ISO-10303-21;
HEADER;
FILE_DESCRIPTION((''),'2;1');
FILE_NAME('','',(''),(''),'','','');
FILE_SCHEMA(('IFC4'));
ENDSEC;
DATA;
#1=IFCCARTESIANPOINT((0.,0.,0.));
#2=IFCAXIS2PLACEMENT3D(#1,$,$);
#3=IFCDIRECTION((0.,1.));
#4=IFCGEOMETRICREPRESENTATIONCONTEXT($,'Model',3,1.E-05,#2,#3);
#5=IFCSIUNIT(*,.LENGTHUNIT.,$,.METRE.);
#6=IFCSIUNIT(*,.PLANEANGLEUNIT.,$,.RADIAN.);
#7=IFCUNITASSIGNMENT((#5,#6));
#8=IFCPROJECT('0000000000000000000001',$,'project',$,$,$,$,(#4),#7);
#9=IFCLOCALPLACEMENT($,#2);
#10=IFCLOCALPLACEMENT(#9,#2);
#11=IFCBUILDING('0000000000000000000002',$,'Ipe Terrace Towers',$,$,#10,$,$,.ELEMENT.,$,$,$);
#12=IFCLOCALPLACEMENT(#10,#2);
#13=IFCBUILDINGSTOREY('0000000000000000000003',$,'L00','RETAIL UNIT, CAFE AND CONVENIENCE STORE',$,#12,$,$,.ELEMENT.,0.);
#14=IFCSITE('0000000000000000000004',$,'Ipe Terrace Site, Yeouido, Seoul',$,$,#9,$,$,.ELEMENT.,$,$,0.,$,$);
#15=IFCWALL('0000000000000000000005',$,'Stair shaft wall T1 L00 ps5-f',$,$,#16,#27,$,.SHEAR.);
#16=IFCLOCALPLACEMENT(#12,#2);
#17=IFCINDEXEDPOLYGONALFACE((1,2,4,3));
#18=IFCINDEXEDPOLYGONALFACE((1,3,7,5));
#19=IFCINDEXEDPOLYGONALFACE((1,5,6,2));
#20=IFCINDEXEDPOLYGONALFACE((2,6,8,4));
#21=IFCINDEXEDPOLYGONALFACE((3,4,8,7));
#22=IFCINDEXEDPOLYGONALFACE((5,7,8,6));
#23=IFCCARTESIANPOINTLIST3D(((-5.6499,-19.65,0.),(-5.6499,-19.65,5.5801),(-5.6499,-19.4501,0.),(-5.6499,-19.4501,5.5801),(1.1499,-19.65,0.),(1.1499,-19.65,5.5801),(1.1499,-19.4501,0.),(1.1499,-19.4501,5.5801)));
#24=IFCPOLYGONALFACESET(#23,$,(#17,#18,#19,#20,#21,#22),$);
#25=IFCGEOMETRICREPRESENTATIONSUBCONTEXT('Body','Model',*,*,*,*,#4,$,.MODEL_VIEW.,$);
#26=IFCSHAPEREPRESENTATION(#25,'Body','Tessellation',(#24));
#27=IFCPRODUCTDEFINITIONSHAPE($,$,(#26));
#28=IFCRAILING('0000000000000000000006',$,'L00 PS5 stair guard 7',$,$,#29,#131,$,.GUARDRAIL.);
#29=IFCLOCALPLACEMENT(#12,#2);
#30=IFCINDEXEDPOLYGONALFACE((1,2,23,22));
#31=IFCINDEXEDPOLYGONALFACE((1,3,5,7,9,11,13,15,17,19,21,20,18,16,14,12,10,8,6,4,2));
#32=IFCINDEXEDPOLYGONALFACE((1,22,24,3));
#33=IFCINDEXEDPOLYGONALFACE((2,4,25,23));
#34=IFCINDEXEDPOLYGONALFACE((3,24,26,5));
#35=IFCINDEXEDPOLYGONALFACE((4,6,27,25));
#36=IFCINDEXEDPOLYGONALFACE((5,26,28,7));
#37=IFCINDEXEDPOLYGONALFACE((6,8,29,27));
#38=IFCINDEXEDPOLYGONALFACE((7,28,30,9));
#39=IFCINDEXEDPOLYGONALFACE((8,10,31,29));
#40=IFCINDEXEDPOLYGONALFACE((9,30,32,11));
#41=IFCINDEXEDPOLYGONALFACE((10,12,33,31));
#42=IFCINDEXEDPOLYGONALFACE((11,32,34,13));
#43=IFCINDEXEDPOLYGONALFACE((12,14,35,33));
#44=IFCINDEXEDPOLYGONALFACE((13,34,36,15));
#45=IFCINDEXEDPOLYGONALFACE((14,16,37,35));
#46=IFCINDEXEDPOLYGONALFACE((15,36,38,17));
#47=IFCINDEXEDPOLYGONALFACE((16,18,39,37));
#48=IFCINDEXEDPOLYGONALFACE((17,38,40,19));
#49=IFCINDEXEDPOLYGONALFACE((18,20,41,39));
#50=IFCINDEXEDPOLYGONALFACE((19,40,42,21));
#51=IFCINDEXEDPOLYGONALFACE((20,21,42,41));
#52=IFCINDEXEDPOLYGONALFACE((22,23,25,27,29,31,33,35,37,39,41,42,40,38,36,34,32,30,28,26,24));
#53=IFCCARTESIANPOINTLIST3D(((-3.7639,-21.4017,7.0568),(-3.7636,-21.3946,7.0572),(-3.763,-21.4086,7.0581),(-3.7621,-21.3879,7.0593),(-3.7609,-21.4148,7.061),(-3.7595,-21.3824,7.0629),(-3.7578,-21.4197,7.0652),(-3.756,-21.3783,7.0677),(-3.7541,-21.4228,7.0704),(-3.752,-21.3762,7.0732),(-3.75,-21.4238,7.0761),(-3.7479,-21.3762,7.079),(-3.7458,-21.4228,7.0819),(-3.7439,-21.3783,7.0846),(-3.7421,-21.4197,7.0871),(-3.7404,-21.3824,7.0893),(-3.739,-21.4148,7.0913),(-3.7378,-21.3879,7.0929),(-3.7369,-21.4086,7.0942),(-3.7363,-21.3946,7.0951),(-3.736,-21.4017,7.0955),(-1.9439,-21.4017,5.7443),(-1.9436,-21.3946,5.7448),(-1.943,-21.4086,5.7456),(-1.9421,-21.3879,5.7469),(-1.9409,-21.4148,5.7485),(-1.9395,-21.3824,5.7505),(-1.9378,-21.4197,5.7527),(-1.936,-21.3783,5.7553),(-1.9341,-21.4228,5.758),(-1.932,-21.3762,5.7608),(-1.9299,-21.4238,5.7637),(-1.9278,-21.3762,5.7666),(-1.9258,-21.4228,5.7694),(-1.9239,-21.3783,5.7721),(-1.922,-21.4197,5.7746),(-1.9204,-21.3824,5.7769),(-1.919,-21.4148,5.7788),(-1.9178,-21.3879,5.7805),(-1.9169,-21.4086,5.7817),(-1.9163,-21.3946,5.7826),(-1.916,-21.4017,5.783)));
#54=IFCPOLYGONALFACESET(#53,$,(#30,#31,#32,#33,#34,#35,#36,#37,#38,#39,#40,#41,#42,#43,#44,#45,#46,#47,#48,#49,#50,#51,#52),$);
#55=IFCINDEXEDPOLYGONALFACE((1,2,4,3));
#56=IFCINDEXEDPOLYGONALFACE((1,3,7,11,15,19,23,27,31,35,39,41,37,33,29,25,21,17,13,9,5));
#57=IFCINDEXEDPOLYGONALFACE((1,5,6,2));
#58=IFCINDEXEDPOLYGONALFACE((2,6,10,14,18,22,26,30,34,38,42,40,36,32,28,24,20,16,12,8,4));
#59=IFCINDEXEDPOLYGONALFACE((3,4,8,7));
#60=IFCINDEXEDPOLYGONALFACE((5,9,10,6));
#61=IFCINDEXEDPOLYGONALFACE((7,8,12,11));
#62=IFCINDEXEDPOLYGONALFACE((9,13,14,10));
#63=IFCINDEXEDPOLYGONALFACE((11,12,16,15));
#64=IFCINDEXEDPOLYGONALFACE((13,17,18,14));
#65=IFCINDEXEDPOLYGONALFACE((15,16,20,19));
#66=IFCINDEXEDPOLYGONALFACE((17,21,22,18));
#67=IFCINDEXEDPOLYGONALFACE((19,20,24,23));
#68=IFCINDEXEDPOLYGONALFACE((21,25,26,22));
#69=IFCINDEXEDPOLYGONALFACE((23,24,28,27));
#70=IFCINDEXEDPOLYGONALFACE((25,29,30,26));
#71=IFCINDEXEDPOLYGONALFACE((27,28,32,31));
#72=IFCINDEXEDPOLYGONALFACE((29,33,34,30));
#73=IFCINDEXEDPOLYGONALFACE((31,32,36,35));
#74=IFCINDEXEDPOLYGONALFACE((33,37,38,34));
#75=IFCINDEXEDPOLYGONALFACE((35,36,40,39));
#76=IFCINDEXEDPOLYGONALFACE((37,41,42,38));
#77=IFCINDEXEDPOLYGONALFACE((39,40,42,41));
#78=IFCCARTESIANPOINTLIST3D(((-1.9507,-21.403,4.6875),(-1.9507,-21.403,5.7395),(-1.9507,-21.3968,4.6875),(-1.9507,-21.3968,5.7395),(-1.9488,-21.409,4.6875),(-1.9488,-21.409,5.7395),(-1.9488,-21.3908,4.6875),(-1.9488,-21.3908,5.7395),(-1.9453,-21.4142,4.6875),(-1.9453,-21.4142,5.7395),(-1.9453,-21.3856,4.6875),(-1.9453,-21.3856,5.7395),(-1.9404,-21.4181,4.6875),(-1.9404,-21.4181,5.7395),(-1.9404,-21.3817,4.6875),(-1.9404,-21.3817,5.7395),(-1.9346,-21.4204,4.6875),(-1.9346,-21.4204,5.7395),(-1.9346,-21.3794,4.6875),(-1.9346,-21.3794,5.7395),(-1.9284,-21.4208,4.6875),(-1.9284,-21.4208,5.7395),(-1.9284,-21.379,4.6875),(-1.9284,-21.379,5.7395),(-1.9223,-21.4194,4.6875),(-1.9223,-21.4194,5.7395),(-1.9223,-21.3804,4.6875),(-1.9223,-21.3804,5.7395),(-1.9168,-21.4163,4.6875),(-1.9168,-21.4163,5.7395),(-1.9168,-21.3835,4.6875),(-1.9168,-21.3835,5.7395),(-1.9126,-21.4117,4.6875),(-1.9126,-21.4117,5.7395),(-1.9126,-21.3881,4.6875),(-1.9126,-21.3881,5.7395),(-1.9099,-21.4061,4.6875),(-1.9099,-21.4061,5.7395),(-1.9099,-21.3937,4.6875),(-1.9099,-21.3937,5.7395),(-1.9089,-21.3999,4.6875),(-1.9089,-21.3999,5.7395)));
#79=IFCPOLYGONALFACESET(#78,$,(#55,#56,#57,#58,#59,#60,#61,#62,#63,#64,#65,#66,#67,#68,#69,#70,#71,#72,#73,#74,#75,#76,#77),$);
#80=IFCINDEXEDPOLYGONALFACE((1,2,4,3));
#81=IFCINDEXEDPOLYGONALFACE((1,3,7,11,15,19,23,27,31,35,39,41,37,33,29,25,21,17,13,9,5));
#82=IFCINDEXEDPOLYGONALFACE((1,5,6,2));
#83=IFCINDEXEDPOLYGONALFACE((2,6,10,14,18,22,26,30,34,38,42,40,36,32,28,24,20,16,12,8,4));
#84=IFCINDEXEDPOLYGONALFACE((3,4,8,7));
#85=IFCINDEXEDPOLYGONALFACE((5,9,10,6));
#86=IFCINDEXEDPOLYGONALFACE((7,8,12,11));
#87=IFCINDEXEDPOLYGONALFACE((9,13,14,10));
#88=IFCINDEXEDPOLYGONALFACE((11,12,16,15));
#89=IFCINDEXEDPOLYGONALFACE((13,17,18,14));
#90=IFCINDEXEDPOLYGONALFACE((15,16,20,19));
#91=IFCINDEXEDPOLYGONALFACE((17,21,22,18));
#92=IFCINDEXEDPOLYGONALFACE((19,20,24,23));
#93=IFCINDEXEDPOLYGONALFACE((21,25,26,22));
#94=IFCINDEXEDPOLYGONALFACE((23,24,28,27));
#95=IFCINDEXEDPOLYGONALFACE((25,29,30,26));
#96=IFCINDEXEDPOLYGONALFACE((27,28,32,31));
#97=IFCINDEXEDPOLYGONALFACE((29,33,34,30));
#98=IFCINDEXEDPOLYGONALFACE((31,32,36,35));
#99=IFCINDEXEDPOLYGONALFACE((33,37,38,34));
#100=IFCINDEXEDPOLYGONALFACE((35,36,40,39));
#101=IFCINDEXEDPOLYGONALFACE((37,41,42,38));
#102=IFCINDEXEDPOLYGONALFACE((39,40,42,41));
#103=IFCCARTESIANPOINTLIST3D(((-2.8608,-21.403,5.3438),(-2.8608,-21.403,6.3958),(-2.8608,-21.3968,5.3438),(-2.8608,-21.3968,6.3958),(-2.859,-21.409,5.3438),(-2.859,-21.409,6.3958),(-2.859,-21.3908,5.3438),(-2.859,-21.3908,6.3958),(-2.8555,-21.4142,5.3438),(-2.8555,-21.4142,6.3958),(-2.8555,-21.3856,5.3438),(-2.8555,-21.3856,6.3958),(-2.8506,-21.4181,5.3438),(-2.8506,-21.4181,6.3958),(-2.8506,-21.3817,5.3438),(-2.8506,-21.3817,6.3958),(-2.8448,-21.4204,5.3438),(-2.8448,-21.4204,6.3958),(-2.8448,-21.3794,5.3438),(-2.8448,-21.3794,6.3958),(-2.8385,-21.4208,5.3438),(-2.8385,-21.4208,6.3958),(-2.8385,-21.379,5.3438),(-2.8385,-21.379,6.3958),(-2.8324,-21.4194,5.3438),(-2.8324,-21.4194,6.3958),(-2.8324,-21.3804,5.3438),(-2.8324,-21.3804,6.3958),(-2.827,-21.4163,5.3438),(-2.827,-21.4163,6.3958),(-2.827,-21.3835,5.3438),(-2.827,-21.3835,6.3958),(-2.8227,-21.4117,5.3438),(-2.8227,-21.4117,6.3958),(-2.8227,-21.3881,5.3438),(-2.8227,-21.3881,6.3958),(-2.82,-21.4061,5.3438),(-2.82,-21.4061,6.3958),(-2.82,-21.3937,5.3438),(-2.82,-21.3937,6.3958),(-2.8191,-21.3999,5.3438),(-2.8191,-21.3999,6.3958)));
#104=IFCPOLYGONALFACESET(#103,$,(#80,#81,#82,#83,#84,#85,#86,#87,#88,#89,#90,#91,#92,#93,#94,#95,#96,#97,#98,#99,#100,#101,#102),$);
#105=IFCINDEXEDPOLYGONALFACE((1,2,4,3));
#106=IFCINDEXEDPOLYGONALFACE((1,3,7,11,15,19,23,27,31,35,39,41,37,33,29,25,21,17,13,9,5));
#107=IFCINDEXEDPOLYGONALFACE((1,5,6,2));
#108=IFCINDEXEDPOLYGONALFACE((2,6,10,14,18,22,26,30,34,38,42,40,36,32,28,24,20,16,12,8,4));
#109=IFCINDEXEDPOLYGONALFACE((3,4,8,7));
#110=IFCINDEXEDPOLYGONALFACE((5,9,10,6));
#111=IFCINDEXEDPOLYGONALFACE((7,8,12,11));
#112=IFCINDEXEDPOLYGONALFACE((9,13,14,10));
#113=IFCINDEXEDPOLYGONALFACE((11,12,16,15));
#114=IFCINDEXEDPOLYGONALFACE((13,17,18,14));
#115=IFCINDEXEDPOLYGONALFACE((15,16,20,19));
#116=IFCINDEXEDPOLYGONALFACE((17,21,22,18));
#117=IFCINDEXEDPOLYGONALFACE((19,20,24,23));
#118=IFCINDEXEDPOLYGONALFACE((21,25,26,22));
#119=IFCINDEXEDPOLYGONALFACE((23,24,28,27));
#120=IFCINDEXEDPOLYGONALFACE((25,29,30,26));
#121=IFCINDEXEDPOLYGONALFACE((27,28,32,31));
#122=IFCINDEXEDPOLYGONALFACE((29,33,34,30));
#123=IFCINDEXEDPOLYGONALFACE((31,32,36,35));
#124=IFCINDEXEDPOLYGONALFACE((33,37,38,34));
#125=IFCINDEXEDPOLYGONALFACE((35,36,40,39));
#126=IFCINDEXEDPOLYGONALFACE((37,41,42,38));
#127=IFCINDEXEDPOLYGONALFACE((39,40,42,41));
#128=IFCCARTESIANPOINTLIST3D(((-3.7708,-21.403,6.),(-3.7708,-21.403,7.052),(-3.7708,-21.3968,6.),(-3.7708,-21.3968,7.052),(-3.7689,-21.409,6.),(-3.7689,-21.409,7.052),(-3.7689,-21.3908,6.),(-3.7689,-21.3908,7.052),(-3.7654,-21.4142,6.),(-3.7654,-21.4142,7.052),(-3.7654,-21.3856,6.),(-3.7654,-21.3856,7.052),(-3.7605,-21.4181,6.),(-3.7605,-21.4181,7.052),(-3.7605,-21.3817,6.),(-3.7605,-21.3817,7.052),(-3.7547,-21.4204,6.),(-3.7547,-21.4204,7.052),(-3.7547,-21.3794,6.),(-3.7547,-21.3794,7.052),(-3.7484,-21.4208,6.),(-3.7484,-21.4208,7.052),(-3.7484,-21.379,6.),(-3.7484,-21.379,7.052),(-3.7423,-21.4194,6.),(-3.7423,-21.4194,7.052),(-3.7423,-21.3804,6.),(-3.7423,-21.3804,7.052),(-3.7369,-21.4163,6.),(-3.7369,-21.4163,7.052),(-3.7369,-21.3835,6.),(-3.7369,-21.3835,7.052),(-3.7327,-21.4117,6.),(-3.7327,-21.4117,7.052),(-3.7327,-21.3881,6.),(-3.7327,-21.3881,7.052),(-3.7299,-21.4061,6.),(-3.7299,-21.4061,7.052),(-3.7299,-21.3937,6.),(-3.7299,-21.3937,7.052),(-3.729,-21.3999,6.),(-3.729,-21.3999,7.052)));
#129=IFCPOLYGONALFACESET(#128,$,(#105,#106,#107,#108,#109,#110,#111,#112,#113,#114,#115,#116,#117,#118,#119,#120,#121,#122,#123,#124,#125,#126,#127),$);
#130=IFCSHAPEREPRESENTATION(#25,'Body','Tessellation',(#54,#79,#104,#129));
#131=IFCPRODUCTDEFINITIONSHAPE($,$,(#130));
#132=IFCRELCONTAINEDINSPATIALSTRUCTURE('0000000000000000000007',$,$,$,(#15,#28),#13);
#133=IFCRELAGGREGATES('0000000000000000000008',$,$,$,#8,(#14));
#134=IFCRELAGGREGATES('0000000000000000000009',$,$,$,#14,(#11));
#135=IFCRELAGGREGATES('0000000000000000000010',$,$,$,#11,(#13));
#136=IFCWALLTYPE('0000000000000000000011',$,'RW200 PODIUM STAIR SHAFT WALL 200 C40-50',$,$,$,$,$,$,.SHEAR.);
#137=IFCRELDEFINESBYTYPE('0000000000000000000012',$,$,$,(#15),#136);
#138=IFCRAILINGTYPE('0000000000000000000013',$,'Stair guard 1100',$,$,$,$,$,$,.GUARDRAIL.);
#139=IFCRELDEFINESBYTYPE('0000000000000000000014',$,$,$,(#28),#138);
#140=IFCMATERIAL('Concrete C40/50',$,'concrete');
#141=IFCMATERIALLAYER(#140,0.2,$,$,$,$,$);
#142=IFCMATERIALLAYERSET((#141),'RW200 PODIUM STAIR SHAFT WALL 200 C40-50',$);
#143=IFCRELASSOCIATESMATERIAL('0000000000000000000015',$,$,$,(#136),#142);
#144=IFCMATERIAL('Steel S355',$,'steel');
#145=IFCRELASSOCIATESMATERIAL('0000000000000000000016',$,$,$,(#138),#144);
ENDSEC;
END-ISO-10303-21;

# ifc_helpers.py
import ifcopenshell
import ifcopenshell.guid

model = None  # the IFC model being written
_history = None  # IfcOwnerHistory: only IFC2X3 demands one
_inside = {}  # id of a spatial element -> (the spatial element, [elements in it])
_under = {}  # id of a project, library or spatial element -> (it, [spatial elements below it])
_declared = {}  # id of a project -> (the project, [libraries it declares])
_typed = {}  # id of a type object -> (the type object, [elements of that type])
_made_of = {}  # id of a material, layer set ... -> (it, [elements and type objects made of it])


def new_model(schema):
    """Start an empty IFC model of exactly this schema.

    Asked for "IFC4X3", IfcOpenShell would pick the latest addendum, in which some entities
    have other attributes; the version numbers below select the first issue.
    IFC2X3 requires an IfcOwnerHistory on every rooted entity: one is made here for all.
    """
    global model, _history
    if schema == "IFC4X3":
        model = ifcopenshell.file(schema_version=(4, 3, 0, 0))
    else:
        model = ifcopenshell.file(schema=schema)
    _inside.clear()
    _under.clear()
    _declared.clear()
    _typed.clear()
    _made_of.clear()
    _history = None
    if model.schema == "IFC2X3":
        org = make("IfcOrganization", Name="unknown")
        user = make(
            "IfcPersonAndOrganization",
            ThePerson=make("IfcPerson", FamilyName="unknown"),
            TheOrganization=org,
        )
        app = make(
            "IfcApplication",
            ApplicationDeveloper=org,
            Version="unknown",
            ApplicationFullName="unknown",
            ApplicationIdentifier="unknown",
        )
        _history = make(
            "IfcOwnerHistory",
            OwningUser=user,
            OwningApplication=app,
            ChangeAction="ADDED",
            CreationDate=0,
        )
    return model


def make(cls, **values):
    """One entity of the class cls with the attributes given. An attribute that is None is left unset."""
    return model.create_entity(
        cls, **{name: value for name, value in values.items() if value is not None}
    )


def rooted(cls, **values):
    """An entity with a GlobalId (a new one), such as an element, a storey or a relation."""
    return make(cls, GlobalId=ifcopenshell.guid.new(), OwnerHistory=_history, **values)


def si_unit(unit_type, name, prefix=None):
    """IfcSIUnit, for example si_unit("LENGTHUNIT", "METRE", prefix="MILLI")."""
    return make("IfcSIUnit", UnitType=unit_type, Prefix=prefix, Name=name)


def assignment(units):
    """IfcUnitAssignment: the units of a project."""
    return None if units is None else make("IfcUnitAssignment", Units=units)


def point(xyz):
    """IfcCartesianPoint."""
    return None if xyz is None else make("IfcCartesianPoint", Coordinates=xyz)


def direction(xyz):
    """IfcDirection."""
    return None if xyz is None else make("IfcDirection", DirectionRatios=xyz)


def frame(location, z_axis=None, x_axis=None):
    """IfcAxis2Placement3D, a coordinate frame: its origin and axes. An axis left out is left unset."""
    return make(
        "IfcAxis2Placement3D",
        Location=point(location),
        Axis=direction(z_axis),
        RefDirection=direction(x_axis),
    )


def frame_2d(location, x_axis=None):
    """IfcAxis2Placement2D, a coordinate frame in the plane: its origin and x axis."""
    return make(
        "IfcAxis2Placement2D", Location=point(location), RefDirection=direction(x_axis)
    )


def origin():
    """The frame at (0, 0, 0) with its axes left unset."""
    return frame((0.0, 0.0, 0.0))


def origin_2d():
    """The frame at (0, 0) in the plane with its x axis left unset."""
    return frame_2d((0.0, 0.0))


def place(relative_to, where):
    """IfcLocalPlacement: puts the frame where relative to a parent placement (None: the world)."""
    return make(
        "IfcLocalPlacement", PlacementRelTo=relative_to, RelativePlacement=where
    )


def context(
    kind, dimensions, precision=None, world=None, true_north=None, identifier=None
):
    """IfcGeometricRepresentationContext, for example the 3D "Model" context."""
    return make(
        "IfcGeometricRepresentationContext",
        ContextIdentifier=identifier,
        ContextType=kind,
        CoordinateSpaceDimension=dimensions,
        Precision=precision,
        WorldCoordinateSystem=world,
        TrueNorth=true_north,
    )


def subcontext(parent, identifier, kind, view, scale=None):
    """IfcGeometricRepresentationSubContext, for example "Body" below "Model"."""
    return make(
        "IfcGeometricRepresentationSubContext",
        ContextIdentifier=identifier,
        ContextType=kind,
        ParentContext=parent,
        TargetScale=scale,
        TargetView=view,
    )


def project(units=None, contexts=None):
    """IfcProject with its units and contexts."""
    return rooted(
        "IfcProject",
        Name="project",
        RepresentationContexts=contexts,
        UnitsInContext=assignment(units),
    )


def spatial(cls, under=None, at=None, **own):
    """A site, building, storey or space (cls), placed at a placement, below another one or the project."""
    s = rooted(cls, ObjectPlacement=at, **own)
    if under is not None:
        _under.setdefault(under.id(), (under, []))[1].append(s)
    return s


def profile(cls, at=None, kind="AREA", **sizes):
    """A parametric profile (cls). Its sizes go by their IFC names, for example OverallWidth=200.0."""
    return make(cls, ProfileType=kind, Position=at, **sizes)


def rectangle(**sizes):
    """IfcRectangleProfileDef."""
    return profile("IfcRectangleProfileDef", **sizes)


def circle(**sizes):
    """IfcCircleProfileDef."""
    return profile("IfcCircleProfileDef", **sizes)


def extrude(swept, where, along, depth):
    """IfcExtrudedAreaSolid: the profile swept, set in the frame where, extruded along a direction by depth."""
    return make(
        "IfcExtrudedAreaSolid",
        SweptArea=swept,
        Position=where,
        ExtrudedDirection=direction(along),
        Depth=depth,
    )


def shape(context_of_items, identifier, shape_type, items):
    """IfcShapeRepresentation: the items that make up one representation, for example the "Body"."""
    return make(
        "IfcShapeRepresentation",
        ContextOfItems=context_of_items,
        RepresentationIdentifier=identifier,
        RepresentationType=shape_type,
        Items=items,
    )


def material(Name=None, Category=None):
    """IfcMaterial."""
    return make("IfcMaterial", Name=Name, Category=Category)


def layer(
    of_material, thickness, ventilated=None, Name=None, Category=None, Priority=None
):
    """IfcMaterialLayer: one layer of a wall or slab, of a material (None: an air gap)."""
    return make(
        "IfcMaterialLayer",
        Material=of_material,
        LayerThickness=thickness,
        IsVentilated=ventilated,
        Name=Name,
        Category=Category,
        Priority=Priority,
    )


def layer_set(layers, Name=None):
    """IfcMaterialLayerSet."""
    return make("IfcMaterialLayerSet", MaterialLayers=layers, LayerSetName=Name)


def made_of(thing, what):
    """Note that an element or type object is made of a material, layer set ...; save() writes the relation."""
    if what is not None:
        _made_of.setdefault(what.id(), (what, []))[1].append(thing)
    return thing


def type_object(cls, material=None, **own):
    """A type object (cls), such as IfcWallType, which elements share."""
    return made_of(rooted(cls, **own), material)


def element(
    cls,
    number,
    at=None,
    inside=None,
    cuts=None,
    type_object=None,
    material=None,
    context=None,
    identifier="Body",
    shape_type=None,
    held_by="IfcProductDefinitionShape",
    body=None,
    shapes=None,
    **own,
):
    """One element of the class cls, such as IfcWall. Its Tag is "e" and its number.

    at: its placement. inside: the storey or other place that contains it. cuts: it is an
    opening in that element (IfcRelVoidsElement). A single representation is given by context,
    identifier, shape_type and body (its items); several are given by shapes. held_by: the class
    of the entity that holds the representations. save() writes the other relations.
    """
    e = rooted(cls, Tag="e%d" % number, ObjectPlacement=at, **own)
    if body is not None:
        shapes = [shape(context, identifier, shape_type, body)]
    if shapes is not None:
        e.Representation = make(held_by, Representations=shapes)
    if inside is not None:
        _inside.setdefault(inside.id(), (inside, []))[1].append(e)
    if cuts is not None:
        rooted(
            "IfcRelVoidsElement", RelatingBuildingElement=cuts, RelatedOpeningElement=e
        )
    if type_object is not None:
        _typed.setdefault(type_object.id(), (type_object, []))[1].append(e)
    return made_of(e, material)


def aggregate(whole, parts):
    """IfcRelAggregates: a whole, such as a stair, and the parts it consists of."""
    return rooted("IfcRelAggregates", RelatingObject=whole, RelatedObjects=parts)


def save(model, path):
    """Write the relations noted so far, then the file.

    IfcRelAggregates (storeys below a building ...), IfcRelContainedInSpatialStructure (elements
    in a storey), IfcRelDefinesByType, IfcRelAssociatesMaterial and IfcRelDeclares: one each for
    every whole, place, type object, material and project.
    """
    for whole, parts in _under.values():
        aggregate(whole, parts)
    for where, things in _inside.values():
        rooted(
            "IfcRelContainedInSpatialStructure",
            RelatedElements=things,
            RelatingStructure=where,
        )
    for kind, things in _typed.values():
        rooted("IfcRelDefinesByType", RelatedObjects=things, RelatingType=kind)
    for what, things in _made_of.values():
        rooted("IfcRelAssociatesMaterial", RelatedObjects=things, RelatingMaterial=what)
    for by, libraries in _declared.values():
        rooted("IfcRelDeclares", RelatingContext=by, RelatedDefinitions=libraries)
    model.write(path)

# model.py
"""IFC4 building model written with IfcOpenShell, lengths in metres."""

from ifc_helpers import new_model, si_unit, direction, frame, frame_2d, origin, origin_2d, place, context, subcontext, project, spatial, rectangle, circle, extrude, material, layer, layer_set, type_object, element, save


model = new_model("IFC4")

# Units and contexts
model_context = context("Model", 3, precision=1e-05, world=origin(), true_north=direction((0.0, 1.0)))
body_context = subcontext(model_context, "Body", "Model", "MODEL_VIEW")
ifc_project = project(units=[si_unit("LENGTHUNIT", "METRE"), si_unit("PLANEANGLEUNIT", "RADIAN")], contexts=[model_context])

# Site, building, storey
site_placement = place(None, origin())
site = spatial("IfcSite", under=ifc_project, at=site_placement, Name="Ipe Terrace Site, Yeouido, Seoul", CompositionType="ELEMENT", RefElevation=0.0)
building_placement = place(site_placement, origin())
building = spatial("IfcBuilding", under=site, at=building_placement, Name="Ipe Terrace Towers", CompositionType="ELEMENT")
storey_placement = place(building_placement, origin())
storey = spatial("IfcBuildingStorey", under=building, at=storey_placement, Name="L00", Description="RETAIL UNIT, CAFE AND CONVENIENCE STORE", CompositionType="ELEMENT", Elevation=0.0)

# Wall
ifc_material_1 = material(Name="Concrete C40/50", Category="concrete")
ifc_layer_1 = layer(ifc_material_1, 0.2)
ifc_layer_set_1 = layer_set([ifc_layer_1], Name="RW200 PODIUM STAIR SHAFT WALL 200 C40-50")
wall_type_1 = type_object("IfcWallType", Name="RW200 PODIUM STAIR SHAFT WALL 200 C40-50", PredefinedType="SHEAR", material=ifc_layer_set_1)
wall_1_placement = place(storey_placement, frame((-5.6499, -19.55, 0.0), z_axis=(0.0, 0.0, 1.0), x_axis=(1.0, 0.0, 0.0)))
element("IfcWall", 1, at=wall_1_placement, inside=storey, type_object=wall_type_1, Name="Stair shaft wall T1 L00 ps5-f", PredefinedType="SHEAR", context=body_context, shape_type="SweptSolid", body=[
    extrude(rectangle(XDim=6.7998, YDim=0.2, at=frame_2d((3.3999, 0.0))), origin(), (0.0, 0.0, 1.0), 5.5801),
])

# Railing
ifc_material_2 = material(Name="Steel S355", Category="steel")
railing_type_1 = type_object("IfcRailingType", Name="Stair guard 1100", PredefinedType="GUARDRAIL", material=ifc_material_2)
railing_placement = place(storey_placement, frame((-1.9299, -21.3999, 4.6875)))
element("IfcRailing", 2, at=railing_placement, inside=storey, type_object=railing_type_1, Name="L00 PS5 stair guard 7", PredefinedType="GUARDRAIL", context=body_context, shape_type="SweptSolid", body=[
    extrude(circle(Radius=0.0239, at=origin_2d()), frame((0.0, 0.0, 1.0762), z_axis=(-0.811101, 0.0, 0.584906), x_axis=(0.0, -1.0, 0.0)), (0.0, 0.0, 1.0), 2.2439),
    extrude(circle(Radius=0.021, at=origin_2d()), origin(), (0.0, 0.0, 1.0), 1.052),
    extrude(circle(Radius=0.021, at=origin_2d()), frame((-0.9102, 0.0, 0.6562)), (0.0, 0.0, 1.0), 1.052),
    extrude(circle(Radius=0.021, at=origin_2d()), frame((-1.8201, 0.0, 1.3125)), (0.0, 0.0, 1.0), 1.052),
])

save(model, "model.ifc")
